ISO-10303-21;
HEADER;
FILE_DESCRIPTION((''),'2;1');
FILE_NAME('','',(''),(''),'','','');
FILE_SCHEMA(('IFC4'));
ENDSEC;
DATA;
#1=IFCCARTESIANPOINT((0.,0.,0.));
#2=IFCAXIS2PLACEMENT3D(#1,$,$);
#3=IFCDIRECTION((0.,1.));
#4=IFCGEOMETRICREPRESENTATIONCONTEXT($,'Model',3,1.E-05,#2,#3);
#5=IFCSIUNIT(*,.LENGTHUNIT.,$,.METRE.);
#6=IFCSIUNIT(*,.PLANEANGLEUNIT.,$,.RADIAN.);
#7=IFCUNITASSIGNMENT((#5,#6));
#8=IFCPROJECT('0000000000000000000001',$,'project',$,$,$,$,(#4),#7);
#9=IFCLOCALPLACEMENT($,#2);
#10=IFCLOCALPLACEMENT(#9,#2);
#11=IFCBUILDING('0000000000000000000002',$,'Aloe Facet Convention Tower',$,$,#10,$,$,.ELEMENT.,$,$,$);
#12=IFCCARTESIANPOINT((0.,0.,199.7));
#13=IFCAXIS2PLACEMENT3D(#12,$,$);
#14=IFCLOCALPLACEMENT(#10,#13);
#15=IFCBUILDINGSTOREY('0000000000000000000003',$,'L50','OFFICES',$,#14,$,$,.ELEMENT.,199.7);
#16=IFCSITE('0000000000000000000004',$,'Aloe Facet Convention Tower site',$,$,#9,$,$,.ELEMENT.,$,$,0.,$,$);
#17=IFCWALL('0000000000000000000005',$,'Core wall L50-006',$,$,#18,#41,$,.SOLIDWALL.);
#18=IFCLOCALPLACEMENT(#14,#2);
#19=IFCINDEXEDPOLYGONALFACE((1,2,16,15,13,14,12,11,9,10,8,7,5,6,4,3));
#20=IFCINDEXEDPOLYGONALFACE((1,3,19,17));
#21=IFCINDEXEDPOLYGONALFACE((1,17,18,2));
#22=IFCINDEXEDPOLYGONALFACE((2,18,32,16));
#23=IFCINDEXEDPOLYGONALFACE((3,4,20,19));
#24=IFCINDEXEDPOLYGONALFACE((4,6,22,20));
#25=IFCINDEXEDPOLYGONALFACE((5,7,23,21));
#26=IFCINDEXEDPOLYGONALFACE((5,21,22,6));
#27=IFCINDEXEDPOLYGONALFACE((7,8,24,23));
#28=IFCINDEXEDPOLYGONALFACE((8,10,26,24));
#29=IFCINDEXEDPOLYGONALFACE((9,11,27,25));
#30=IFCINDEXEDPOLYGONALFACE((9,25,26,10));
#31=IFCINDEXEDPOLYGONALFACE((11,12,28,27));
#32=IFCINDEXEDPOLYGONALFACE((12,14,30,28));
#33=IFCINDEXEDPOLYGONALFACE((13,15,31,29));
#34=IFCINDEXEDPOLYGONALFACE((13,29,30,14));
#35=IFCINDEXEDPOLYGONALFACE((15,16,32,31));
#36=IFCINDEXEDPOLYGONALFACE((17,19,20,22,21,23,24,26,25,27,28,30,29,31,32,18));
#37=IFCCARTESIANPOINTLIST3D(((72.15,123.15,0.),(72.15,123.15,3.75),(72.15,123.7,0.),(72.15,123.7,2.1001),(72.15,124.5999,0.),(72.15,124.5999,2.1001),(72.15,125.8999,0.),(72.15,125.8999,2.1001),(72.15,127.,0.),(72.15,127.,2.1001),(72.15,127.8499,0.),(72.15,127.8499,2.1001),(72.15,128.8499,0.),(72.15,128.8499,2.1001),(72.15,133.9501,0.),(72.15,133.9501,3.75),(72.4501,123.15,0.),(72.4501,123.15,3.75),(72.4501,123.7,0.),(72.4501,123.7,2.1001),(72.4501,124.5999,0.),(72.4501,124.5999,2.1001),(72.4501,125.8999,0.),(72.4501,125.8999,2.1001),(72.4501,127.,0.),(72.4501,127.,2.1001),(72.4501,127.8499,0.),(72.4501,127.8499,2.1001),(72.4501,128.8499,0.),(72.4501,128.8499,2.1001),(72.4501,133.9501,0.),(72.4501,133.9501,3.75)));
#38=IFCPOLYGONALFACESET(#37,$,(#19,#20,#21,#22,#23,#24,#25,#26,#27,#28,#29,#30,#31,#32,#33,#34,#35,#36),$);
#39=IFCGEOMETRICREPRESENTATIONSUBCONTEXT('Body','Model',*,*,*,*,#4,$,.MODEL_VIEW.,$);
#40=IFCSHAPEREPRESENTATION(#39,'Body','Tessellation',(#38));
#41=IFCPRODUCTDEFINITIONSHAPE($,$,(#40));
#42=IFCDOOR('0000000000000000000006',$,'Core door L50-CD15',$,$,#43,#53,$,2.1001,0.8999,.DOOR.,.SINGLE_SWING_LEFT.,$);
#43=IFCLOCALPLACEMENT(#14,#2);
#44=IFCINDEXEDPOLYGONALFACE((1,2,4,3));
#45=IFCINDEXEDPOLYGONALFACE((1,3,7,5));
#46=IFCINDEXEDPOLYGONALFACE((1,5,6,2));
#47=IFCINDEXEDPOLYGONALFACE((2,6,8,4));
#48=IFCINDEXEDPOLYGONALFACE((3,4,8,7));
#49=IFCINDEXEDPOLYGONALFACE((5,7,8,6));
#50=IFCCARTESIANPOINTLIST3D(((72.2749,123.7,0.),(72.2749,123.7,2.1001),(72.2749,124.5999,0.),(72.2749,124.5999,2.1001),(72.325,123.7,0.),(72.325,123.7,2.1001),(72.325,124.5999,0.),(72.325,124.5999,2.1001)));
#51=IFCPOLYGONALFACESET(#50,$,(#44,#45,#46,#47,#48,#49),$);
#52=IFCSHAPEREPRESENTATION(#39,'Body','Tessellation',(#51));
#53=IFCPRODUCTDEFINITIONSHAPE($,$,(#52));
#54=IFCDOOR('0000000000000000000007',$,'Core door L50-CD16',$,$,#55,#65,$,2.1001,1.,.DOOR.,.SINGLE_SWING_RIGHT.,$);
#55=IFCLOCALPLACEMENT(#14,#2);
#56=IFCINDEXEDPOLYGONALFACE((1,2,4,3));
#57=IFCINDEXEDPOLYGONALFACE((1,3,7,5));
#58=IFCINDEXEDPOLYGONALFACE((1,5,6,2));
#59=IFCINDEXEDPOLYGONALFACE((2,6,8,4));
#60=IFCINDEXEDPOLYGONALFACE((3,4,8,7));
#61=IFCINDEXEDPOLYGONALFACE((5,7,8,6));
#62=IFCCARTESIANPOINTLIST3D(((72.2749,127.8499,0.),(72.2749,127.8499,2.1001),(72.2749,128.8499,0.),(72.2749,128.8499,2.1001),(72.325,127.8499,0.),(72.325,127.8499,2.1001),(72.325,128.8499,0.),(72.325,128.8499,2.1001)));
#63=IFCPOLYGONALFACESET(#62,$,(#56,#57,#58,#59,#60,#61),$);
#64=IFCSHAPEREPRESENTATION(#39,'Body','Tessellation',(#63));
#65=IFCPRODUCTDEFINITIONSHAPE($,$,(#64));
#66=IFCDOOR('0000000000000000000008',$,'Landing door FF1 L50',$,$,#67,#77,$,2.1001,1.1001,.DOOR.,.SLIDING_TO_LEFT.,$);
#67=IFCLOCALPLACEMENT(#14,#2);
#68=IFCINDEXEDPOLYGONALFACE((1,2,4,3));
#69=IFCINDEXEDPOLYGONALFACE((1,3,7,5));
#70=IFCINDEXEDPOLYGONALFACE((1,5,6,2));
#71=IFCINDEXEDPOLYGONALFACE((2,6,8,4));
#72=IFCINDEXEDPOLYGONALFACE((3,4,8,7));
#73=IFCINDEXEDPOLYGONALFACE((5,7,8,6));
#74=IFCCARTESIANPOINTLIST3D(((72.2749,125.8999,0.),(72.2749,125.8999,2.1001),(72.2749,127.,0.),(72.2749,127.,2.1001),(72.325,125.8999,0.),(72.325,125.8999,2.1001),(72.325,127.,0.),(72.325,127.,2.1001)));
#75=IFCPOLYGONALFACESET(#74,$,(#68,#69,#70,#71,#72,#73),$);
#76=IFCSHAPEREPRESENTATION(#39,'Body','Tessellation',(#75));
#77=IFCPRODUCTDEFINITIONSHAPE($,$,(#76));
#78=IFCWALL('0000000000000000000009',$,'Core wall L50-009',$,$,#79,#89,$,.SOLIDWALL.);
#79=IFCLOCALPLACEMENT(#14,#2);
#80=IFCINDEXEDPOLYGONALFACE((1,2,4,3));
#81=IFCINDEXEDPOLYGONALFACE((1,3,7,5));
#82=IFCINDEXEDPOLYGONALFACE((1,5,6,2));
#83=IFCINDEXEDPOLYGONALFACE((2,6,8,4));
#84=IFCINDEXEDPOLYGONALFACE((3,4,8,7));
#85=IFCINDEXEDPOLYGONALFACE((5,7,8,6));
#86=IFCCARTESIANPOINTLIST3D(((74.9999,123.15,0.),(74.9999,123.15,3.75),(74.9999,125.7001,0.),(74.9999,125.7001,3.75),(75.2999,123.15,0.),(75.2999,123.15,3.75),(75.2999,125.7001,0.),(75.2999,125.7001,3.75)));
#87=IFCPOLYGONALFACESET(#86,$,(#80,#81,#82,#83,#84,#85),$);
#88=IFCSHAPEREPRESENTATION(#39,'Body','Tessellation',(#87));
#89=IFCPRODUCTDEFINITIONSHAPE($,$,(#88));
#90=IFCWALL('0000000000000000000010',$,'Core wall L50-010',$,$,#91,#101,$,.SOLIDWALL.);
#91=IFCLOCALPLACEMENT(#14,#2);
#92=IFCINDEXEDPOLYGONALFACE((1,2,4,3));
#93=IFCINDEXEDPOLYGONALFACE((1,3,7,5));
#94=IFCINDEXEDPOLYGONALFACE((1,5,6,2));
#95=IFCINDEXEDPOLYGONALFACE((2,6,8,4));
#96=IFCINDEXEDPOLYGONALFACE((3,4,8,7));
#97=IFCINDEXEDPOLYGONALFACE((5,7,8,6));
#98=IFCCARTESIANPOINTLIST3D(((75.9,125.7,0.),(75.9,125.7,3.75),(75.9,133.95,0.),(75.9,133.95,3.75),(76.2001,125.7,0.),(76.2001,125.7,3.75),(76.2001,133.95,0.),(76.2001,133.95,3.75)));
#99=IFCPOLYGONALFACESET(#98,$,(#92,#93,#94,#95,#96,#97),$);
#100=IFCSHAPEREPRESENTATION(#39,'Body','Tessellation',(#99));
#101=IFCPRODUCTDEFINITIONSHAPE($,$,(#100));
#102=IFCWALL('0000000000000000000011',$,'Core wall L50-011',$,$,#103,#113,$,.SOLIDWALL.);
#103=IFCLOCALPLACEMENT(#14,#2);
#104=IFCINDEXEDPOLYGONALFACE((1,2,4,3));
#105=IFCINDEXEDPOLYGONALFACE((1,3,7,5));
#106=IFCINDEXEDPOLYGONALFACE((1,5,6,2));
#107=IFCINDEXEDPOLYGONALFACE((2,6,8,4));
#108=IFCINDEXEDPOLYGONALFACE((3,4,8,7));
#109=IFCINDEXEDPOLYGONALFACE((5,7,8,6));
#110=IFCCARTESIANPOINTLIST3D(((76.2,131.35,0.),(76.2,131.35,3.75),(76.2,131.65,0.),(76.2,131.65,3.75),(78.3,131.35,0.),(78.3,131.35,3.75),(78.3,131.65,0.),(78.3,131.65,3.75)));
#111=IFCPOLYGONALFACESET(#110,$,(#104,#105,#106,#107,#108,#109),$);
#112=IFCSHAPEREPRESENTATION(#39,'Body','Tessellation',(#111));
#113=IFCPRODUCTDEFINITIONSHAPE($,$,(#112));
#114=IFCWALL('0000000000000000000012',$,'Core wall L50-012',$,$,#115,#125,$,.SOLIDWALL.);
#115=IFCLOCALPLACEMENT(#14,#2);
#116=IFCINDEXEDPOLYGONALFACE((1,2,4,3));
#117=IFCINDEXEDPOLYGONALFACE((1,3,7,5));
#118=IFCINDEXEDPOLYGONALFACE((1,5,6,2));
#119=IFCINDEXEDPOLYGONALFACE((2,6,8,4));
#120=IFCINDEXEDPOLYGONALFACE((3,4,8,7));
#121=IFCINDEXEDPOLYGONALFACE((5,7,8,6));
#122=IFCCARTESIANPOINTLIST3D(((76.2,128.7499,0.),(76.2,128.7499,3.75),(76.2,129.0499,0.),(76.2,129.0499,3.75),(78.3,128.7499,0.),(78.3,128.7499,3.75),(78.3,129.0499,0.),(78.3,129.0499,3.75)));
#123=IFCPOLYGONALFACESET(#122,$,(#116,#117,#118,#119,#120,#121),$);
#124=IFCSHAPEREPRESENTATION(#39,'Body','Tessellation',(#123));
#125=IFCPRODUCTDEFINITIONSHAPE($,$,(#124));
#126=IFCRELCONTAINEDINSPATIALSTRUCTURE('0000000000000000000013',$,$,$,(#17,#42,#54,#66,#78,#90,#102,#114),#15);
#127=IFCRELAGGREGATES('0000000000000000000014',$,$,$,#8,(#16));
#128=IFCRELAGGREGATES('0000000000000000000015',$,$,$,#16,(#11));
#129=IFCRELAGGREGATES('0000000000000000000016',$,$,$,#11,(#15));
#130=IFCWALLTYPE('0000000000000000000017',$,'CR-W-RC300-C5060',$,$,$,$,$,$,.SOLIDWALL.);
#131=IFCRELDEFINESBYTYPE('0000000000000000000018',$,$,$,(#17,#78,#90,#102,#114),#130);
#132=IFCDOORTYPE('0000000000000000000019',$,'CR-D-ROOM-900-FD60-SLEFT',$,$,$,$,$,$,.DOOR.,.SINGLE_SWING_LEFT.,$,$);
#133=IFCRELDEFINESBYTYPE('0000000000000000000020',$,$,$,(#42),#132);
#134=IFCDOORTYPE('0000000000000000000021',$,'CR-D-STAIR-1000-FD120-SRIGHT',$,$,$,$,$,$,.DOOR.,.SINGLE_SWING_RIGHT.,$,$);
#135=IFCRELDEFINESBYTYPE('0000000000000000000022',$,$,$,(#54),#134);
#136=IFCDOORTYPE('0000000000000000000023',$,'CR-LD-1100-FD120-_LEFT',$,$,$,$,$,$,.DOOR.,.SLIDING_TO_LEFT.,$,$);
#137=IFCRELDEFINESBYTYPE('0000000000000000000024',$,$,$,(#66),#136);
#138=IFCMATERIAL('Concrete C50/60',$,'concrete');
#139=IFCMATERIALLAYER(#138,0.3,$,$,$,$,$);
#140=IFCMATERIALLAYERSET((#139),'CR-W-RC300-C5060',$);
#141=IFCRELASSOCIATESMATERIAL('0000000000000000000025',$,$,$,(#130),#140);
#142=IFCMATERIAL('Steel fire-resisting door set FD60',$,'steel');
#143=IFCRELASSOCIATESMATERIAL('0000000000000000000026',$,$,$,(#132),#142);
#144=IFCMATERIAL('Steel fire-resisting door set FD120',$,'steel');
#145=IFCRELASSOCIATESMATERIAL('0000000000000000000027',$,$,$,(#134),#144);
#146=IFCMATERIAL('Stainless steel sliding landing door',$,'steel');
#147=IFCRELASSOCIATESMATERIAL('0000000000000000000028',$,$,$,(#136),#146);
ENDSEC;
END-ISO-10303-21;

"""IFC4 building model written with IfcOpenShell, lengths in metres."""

from ifc_helpers import new_model, si_unit, direction, frame, frame_2d, origin, place, context, subcontext, project, spatial, rectangle, extrude, material, layer, layer_set, type_object, element, fill, save


model = new_model("IFC4")

# Units and contexts
model_context = context("Model", 3, precision=1e-05, world=origin(), true_north=direction((0.0, 1.0)))
body_context = subcontext(model_context, "Body", "Model", "MODEL_VIEW")
ifc_project = project(units=[si_unit("LENGTHUNIT", "METRE"), si_unit("PLANEANGLEUNIT", "RADIAN")], contexts=[model_context])

# Site, building, storey
site_placement = place(None, origin())
site = spatial("IfcSite", under=ifc_project, at=site_placement, Name="Aloe Facet Convention Tower site", CompositionType="ELEMENT", RefElevation=0.0)
building_placement = place(site_placement, origin())
building = spatial("IfcBuilding", under=site, at=building_placement, Name="Aloe Facet Convention Tower", CompositionType="ELEMENT")
storey_placement = place(building_placement, frame((0.0, 0.0, 199.7)))
storey = spatial("IfcBuildingStorey", under=building, at=storey_placement, Name="L50", Description="OFFICES", CompositionType="ELEMENT", Elevation=199.7)

# Wall, openings, doors
ifc_material_1 = material(Name="Concrete C50/60", Category="concrete")
ifc_layer_1 = layer(ifc_material_1, 0.3)
ifc_layer_set_1 = layer_set([ifc_layer_1], Name="CR-W-RC300-C5060")
wall_type_1 = type_object("IfcWallType", Name="CR-W-RC300-C5060", PredefinedType="SOLIDWALL", material=ifc_layer_set_1)
wall_1_placement = place(storey_placement, frame((72.3, 133.95, 0.0), z_axis=(0.0, 0.0, 1.0), x_axis=(0.0, -1.0, 0.0)))
wall_1 = element("IfcWall", 1, at=wall_1_placement, inside=storey, type_object=wall_type_1, Name="Core wall L50-006", PredefinedType="SOLIDWALL", context=body_context, shape_type="SweptSolid", body=[
    extrude(rectangle(XDim=10.8, YDim=0.3, at=frame_2d((5.3999, 0.0))), origin(), (0.0, 0.0, 1.0), 3.75),
])
opening_1_placement = place(wall_1_placement, frame((6.95, 0.0, 0.0)))
opening_1 = element("IfcOpeningElement", 2, at=opening_1_placement, cuts=wall_1, PredefinedType="OPENING", context=body_context, shape_type="SweptSolid", body=[
    extrude(rectangle(XDim=1.1001, YDim=2.1001, at=frame_2d((0.55, 1.05))), frame((0.0, 0.1602, 0.0), z_axis=(0.0, -1.0, 0.0), x_axis=(1.0, 0.0, 0.0)), (0.0, 0.0, 1.0), 0.3201),
])
opening_2_placement = place(wall_1_placement, frame((9.3501, 0.0, 0.0)))
opening_2 = element("IfcOpeningElement", 3, at=opening_2_placement, cuts=wall_1, PredefinedType="OPENING", context=body_context, shape_type="SweptSolid", body=[
    extrude(rectangle(XDim=0.8999, YDim=2.1001, at=frame_2d((0.45, 1.05))), frame((0.0, 0.1602, 0.0), z_axis=(0.0, -1.0, 0.0), x_axis=(1.0, 0.0, 0.0)), (0.0, 0.0, 1.0), 0.3201),
])
opening_3_placement = place(wall_1_placement, frame((5.1001, 0.0, 0.0)))
opening_3 = element("IfcOpeningElement", 4, at=opening_3_placement, cuts=wall_1, PredefinedType="OPENING", context=body_context, shape_type="SweptSolid", body=[
    extrude(rectangle(XDim=1.0, YDim=2.1001, at=frame_2d((0.5, 1.05))), frame((0.0, 0.1602, 0.0), z_axis=(0.0, -1.0, 0.0), x_axis=(1.0, 0.0, 0.0)), (0.0, 0.0, 1.0), 0.3201),
])
ifc_material_2 = material(Name="Steel fire-resisting door set FD60", Category="steel")
door_type_1 = type_object("IfcDoorType", Name="CR-D-ROOM-900-FD60-SLEFT", OperationType="SINGLE_SWING_LEFT", PredefinedType="DOOR", material=ifc_material_2)
door_1_placement = place(opening_2_placement, origin())
door_1 = element("IfcDoor", 5, at=door_1_placement, inside=storey, type_object=door_type_1, Name="Core door L50-CD15", OperationType="SINGLE_SWING_LEFT", OverallHeight=2.1001, OverallWidth=0.8999, PredefinedType="DOOR", context=body_context, shape_type="SweptSolid", body=[
    extrude(rectangle(XDim=0.8999, YDim=2.1001, at=frame_2d((0.45, 1.05))), frame((0.0, 0.0249, 0.0), z_axis=(0.0, -1.0, 0.0), x_axis=(1.0, 0.0, 0.0)), (0.0, 0.0, 1.0), 0.05),
])
fill(opening_2, door_1)
ifc_material_3 = material(Name="Steel fire-resisting door set FD120", Category="steel")
door_type_2 = type_object("IfcDoorType", Name="CR-D-STAIR-1000-FD120-SRIGHT", OperationType="SINGLE_SWING_RIGHT", PredefinedType="DOOR", material=ifc_material_3)
door_2_placement = place(opening_3_placement, origin())
door_2 = element("IfcDoor", 6, at=door_2_placement, inside=storey, type_object=door_type_2, Name="Core door L50-CD16", OperationType="SINGLE_SWING_RIGHT", OverallHeight=2.1001, OverallWidth=1.0, PredefinedType="DOOR", context=body_context, shape_type="SweptSolid", body=[
    extrude(rectangle(XDim=1.0, YDim=2.1001, at=frame_2d((0.5, 1.05))), frame((0.0, 0.0249, 0.0), z_axis=(0.0, -1.0, 0.0), x_axis=(1.0, 0.0, 0.0)), (0.0, 0.0, 1.0), 0.05),
])
fill(opening_3, door_2)
ifc_material_4 = material(Name="Stainless steel sliding landing door", Category="steel")
door_type_3 = type_object("IfcDoorType", Name="CR-LD-1100-FD120-_LEFT", OperationType="SLIDING_TO_LEFT", PredefinedType="DOOR", material=ifc_material_4)
door_3_placement = place(opening_1_placement, origin())
door_3 = element("IfcDoor", 7, at=door_3_placement, inside=storey, type_object=door_type_3, Name="Landing door FF1 L50", OperationType="SLIDING_TO_LEFT", OverallHeight=2.1001, OverallWidth=1.1001, PredefinedType="DOOR", context=body_context, shape_type="SweptSolid", body=[
    extrude(rectangle(XDim=1.1001, YDim=2.1001, at=frame_2d((0.55, 1.05))), frame((0.0, 0.0249, 0.0), z_axis=(0.0, -1.0, 0.0), x_axis=(1.0, 0.0, 0.0)), (0.0, 0.0, 1.0), 0.05),
])
fill(opening_1, door_3)

# Walls
wall_2_placement = place(storey_placement, frame((75.1499, 125.7, 0.0), z_axis=(0.0, 0.0, 1.0), x_axis=(0.0, -1.0, 0.0)))
element("IfcWall", 8, at=wall_2_placement, inside=storey, type_object=wall_type_1, Name="Core wall L50-009", PredefinedType="SOLIDWALL", context=body_context, shape_type="SweptSolid", body=[
    extrude(rectangle(XDim=2.55, YDim=0.3, at=frame_2d((1.2749, 0.0))), origin(), (0.0, 0.0, 1.0), 3.75),
])
wall_3_placement = place(storey_placement, frame((76.05, 133.95, 0.0), z_axis=(0.0, 0.0, 1.0), x_axis=(0.0, -1.0, 0.0)))
element("IfcWall", 9, at=wall_3_placement, inside=storey, type_object=wall_type_1, Name="Core wall L50-010", PredefinedType="SOLIDWALL", context=body_context, shape_type="SweptSolid", body=[
    extrude(rectangle(XDim=8.25, YDim=0.3, at=frame_2d((4.125, 0.0))), origin(), (0.0, 0.0, 1.0), 3.75),
])
for number, where, z_axis, x_axis, name in (
    (10, (76.2, 131.5, 0.0), (0.0, 0.0, 1.0), (1.0, 0.0, 0.0), "Core wall L50-011"),
    (11, (76.2, 128.8999, 0.0), (0.0, 0.0, 1.0), (1.0, 0.0, 0.0), "Core wall L50-012"),
):
    element("IfcWall", number, at=place(storey_placement, frame(where, z_axis=z_axis, x_axis=x_axis)), inside=storey, type_object=wall_type_1, Name=name, PredefinedType="SOLIDWALL", context=body_context, shape_type="SweptSolid", body=[
        extrude(rectangle(XDim=2.1001, YDim=0.3, at=frame_2d((1.05, 0.0))), origin(), (0.0, 0.0, 1.0), 3.75),
    ])

save(model, "model.ifc")
